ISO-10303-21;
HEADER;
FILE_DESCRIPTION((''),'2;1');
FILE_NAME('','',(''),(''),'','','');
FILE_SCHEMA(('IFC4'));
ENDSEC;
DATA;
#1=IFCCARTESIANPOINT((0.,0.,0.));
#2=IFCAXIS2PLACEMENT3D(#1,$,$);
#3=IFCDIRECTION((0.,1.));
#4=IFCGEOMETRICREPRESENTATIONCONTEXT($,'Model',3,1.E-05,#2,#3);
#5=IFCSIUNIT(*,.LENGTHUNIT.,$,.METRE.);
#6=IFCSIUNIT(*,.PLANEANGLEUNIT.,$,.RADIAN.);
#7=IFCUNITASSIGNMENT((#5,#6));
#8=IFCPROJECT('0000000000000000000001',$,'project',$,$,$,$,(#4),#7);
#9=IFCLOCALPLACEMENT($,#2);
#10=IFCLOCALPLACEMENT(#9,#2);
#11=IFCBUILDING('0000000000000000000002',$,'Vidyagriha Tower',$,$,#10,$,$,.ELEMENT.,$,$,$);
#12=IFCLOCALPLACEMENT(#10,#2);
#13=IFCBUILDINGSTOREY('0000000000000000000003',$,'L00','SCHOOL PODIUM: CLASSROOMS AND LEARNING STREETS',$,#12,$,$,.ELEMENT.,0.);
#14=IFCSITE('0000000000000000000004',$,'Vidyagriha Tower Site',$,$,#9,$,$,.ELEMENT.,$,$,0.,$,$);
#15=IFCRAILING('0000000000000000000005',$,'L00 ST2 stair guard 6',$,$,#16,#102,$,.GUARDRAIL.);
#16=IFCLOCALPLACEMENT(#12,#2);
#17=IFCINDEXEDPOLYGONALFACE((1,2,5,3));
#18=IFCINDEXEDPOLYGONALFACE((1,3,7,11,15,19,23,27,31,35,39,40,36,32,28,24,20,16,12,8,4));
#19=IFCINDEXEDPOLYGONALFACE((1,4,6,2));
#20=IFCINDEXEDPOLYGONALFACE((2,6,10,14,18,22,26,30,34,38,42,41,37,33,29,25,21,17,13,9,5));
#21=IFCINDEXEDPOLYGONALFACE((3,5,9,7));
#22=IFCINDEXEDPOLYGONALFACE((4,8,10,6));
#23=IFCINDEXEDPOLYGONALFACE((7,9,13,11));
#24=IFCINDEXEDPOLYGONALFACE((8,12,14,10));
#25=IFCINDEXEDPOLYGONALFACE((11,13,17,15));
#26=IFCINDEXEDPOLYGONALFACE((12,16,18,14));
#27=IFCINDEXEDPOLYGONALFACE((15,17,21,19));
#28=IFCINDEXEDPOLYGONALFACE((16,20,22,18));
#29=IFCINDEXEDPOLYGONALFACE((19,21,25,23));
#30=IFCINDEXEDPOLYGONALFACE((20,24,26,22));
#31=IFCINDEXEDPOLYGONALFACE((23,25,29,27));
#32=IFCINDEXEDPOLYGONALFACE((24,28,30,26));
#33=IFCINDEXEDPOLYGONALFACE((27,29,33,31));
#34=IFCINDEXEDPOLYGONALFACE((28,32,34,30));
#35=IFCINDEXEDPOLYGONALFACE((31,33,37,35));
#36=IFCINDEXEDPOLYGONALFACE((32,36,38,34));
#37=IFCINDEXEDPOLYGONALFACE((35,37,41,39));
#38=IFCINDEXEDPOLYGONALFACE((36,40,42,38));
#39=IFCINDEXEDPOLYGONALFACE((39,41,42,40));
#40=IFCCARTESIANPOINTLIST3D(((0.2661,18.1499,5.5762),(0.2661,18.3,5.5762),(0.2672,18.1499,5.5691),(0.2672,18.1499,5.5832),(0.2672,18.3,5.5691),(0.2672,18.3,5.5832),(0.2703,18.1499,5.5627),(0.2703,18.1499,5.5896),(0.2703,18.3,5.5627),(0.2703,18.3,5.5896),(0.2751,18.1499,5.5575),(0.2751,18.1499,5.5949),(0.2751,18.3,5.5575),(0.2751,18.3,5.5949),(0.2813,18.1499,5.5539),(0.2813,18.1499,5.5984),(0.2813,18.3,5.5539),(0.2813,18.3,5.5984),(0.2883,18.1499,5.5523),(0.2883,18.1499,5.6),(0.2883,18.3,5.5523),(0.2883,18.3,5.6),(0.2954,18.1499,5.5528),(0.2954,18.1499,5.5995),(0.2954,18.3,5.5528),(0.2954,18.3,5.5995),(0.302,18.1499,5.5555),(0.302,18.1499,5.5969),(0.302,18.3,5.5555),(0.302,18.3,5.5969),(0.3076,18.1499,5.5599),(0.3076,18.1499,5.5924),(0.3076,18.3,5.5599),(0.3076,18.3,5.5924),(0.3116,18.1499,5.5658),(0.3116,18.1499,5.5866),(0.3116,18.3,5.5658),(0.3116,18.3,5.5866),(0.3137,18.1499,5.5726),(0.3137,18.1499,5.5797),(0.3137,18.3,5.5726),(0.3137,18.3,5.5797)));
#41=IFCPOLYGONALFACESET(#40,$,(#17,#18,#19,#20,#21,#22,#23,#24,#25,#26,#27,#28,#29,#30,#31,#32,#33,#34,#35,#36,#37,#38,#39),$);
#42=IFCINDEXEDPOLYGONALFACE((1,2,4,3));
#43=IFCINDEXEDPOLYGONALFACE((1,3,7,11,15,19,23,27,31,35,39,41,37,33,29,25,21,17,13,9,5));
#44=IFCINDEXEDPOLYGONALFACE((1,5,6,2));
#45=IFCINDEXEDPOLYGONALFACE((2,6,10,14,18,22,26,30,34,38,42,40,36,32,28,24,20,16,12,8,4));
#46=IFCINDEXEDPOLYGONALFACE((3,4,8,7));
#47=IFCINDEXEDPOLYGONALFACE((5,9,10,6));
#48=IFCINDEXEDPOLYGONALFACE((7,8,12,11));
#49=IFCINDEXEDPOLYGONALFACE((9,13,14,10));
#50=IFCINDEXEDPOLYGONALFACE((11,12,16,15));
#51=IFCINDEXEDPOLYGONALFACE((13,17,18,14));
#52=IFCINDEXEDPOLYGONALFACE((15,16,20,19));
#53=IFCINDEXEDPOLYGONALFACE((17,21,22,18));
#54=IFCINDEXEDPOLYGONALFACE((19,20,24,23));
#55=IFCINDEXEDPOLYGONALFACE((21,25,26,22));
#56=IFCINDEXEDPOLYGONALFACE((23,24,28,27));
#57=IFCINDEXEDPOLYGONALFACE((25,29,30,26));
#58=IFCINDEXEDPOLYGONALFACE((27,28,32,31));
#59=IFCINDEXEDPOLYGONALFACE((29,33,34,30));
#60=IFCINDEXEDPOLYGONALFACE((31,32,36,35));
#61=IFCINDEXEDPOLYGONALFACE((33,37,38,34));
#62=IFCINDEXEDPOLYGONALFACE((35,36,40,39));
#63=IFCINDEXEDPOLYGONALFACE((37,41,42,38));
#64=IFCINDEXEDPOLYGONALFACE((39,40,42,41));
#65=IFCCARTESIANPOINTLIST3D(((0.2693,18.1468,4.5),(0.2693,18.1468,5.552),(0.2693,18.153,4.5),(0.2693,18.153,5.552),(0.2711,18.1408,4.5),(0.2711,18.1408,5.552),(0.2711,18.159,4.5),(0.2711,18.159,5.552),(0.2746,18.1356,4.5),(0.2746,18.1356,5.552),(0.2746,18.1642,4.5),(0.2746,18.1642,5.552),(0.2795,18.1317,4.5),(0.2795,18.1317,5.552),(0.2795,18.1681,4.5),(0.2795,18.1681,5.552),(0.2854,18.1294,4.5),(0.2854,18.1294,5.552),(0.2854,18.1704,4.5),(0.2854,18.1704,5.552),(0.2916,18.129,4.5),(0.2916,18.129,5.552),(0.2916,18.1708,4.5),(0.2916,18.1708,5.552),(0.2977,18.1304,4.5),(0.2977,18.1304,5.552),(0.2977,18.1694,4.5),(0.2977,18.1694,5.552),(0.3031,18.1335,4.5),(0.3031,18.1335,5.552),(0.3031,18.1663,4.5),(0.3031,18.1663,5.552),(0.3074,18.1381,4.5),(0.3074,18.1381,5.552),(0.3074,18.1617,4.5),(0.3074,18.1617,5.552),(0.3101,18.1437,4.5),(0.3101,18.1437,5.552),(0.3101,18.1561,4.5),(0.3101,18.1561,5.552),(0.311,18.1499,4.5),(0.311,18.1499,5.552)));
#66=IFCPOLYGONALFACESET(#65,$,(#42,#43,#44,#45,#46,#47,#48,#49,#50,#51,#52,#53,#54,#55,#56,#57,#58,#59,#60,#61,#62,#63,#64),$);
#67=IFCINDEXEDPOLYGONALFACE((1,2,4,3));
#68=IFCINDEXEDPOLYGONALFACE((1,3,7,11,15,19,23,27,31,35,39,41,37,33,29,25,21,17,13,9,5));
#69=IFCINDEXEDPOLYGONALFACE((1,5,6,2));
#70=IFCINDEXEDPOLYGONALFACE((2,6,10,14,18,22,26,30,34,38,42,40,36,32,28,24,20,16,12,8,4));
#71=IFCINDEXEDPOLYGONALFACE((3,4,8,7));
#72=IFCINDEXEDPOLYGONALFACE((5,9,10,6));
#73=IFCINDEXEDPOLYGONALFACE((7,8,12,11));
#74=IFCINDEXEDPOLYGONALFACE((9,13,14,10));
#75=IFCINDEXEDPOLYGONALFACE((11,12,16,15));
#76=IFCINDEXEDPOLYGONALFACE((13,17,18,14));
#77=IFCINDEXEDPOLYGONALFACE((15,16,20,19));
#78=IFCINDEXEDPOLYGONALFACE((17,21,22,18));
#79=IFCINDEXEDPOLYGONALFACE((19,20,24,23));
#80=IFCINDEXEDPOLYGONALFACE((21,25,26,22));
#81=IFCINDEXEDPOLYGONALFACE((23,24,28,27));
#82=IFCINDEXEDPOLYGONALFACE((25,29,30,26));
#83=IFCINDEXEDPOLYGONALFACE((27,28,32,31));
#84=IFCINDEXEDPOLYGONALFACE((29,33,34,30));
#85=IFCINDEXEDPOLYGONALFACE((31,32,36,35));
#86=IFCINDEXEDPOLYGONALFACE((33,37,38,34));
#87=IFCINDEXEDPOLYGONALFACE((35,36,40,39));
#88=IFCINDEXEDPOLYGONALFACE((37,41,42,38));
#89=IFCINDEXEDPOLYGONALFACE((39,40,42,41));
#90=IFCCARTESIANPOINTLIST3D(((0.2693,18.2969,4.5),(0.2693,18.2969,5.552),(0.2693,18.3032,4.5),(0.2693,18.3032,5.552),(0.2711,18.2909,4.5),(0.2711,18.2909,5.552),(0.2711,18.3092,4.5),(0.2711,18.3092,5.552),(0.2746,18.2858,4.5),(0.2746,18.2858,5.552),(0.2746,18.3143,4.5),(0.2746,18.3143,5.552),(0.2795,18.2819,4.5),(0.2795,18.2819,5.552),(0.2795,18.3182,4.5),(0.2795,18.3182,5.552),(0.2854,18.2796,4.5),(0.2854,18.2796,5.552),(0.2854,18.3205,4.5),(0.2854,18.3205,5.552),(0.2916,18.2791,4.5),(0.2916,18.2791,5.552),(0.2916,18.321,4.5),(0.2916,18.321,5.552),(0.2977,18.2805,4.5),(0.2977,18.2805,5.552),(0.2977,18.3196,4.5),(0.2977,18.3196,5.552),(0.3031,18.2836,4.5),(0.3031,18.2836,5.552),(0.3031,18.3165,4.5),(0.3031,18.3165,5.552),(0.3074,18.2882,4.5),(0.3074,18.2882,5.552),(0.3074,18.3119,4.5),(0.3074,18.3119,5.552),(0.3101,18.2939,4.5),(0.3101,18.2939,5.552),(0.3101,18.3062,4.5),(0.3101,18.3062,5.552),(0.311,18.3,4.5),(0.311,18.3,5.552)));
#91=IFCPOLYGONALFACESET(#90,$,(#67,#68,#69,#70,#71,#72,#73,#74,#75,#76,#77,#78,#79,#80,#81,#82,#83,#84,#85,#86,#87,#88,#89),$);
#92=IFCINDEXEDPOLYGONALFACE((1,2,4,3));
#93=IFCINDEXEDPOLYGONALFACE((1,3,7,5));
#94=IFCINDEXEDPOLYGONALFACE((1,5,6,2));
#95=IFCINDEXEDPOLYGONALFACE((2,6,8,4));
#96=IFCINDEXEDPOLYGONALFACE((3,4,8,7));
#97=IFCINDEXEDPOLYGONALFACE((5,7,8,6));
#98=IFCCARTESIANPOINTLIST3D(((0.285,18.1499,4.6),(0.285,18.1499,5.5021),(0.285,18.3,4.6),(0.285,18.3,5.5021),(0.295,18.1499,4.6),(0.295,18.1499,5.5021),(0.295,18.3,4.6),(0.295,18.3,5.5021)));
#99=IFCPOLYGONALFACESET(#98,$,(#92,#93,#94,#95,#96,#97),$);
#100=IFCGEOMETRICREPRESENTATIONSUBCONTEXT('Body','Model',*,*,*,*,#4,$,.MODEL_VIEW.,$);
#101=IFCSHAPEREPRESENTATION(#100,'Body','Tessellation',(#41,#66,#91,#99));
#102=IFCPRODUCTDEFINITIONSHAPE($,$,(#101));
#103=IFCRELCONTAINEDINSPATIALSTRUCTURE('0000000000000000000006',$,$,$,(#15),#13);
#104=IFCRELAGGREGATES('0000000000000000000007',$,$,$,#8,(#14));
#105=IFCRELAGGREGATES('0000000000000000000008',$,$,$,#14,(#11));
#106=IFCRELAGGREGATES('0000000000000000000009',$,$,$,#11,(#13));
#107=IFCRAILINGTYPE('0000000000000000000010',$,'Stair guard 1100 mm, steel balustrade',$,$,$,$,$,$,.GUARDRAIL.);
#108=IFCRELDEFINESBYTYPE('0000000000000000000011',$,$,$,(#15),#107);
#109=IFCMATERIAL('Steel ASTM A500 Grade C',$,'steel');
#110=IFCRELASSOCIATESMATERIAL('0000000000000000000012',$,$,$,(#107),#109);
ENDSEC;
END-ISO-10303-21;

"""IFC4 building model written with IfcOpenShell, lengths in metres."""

from ifc_helpers import new_model, si_unit, direction, frame, origin, origin_2d, place, context, subcontext, project, spatial, rectangle, circle, extrude, material, type_object, element, save


model = new_model("IFC4")

# Units and contexts
model_context = context("Model", 3, precision=1e-05, world=origin(), true_north=direction((0.0, 1.0)))
body_context = subcontext(model_context, "Body", "Model", "MODEL_VIEW")
ifc_project = project(units=[si_unit("LENGTHUNIT", "METRE"), si_unit("PLANEANGLEUNIT", "RADIAN")], contexts=[model_context])

# Site, building, storey
site_placement = place(None, origin())
site = spatial("IfcSite", under=ifc_project, at=site_placement, Name="Vidyagriha Tower Site", CompositionType="ELEMENT", RefElevation=0.0)
building_placement = place(site_placement, origin())
building = spatial("IfcBuilding", under=site, at=building_placement, Name="Vidyagriha Tower", CompositionType="ELEMENT")
storey_placement = place(building_placement, origin())
storey = spatial("IfcBuildingStorey", under=building, at=storey_placement, Name="L00", Description="SCHOOL PODIUM: CLASSROOMS AND LEARNING STREETS", CompositionType="ELEMENT", Elevation=0.0)

# Railing
ifc_material_1 = material(Name="Steel ASTM A500 Grade C", Category="steel")
railing_type_1 = type_object("IfcRailingType", Name="Stair guard 1100 mm, steel balustrade", PredefinedType="GUARDRAIL", material=ifc_material_1)
railing_1_placement = place(storey_placement, frame((0.29, 18.1499, 4.5)))
element("IfcRailing", 1, at=railing_1_placement, inside=storey, type_object=railing_type_1, Name="L00 ST2 stair guard 6", PredefinedType="GUARDRAIL", context=body_context, shape_type="SweptSolid", body=[
    extrude(circle(Radius=0.0239, at=origin_2d()), frame((0.0, 0.0, 1.0762), z_axis=(0.0, 1.0, 0.0), x_axis=(-1.0, 0.0, 0.0)), (0.0, 0.0, 1.0), 0.1501),
    extrude(circle(Radius=0.021, at=origin_2d()), origin(), (0.0, 0.0, 1.0), 1.052),
    extrude(circle(Radius=0.021, at=origin_2d()), frame((0.0, 0.1501, 0.0)), (0.0, 0.0, 1.0), 1.052),
    extrude(rectangle(XDim=0.01, YDim=0.9021, at=origin_2d()), frame((0.0, 0.0, 0.551), z_axis=(0.0, 1.0, 0.0), x_axis=(-1.0, 0.0, 0.0)), (0.0, 0.0, 1.0), 0.1501),
])

save(model, "model.ifc")
